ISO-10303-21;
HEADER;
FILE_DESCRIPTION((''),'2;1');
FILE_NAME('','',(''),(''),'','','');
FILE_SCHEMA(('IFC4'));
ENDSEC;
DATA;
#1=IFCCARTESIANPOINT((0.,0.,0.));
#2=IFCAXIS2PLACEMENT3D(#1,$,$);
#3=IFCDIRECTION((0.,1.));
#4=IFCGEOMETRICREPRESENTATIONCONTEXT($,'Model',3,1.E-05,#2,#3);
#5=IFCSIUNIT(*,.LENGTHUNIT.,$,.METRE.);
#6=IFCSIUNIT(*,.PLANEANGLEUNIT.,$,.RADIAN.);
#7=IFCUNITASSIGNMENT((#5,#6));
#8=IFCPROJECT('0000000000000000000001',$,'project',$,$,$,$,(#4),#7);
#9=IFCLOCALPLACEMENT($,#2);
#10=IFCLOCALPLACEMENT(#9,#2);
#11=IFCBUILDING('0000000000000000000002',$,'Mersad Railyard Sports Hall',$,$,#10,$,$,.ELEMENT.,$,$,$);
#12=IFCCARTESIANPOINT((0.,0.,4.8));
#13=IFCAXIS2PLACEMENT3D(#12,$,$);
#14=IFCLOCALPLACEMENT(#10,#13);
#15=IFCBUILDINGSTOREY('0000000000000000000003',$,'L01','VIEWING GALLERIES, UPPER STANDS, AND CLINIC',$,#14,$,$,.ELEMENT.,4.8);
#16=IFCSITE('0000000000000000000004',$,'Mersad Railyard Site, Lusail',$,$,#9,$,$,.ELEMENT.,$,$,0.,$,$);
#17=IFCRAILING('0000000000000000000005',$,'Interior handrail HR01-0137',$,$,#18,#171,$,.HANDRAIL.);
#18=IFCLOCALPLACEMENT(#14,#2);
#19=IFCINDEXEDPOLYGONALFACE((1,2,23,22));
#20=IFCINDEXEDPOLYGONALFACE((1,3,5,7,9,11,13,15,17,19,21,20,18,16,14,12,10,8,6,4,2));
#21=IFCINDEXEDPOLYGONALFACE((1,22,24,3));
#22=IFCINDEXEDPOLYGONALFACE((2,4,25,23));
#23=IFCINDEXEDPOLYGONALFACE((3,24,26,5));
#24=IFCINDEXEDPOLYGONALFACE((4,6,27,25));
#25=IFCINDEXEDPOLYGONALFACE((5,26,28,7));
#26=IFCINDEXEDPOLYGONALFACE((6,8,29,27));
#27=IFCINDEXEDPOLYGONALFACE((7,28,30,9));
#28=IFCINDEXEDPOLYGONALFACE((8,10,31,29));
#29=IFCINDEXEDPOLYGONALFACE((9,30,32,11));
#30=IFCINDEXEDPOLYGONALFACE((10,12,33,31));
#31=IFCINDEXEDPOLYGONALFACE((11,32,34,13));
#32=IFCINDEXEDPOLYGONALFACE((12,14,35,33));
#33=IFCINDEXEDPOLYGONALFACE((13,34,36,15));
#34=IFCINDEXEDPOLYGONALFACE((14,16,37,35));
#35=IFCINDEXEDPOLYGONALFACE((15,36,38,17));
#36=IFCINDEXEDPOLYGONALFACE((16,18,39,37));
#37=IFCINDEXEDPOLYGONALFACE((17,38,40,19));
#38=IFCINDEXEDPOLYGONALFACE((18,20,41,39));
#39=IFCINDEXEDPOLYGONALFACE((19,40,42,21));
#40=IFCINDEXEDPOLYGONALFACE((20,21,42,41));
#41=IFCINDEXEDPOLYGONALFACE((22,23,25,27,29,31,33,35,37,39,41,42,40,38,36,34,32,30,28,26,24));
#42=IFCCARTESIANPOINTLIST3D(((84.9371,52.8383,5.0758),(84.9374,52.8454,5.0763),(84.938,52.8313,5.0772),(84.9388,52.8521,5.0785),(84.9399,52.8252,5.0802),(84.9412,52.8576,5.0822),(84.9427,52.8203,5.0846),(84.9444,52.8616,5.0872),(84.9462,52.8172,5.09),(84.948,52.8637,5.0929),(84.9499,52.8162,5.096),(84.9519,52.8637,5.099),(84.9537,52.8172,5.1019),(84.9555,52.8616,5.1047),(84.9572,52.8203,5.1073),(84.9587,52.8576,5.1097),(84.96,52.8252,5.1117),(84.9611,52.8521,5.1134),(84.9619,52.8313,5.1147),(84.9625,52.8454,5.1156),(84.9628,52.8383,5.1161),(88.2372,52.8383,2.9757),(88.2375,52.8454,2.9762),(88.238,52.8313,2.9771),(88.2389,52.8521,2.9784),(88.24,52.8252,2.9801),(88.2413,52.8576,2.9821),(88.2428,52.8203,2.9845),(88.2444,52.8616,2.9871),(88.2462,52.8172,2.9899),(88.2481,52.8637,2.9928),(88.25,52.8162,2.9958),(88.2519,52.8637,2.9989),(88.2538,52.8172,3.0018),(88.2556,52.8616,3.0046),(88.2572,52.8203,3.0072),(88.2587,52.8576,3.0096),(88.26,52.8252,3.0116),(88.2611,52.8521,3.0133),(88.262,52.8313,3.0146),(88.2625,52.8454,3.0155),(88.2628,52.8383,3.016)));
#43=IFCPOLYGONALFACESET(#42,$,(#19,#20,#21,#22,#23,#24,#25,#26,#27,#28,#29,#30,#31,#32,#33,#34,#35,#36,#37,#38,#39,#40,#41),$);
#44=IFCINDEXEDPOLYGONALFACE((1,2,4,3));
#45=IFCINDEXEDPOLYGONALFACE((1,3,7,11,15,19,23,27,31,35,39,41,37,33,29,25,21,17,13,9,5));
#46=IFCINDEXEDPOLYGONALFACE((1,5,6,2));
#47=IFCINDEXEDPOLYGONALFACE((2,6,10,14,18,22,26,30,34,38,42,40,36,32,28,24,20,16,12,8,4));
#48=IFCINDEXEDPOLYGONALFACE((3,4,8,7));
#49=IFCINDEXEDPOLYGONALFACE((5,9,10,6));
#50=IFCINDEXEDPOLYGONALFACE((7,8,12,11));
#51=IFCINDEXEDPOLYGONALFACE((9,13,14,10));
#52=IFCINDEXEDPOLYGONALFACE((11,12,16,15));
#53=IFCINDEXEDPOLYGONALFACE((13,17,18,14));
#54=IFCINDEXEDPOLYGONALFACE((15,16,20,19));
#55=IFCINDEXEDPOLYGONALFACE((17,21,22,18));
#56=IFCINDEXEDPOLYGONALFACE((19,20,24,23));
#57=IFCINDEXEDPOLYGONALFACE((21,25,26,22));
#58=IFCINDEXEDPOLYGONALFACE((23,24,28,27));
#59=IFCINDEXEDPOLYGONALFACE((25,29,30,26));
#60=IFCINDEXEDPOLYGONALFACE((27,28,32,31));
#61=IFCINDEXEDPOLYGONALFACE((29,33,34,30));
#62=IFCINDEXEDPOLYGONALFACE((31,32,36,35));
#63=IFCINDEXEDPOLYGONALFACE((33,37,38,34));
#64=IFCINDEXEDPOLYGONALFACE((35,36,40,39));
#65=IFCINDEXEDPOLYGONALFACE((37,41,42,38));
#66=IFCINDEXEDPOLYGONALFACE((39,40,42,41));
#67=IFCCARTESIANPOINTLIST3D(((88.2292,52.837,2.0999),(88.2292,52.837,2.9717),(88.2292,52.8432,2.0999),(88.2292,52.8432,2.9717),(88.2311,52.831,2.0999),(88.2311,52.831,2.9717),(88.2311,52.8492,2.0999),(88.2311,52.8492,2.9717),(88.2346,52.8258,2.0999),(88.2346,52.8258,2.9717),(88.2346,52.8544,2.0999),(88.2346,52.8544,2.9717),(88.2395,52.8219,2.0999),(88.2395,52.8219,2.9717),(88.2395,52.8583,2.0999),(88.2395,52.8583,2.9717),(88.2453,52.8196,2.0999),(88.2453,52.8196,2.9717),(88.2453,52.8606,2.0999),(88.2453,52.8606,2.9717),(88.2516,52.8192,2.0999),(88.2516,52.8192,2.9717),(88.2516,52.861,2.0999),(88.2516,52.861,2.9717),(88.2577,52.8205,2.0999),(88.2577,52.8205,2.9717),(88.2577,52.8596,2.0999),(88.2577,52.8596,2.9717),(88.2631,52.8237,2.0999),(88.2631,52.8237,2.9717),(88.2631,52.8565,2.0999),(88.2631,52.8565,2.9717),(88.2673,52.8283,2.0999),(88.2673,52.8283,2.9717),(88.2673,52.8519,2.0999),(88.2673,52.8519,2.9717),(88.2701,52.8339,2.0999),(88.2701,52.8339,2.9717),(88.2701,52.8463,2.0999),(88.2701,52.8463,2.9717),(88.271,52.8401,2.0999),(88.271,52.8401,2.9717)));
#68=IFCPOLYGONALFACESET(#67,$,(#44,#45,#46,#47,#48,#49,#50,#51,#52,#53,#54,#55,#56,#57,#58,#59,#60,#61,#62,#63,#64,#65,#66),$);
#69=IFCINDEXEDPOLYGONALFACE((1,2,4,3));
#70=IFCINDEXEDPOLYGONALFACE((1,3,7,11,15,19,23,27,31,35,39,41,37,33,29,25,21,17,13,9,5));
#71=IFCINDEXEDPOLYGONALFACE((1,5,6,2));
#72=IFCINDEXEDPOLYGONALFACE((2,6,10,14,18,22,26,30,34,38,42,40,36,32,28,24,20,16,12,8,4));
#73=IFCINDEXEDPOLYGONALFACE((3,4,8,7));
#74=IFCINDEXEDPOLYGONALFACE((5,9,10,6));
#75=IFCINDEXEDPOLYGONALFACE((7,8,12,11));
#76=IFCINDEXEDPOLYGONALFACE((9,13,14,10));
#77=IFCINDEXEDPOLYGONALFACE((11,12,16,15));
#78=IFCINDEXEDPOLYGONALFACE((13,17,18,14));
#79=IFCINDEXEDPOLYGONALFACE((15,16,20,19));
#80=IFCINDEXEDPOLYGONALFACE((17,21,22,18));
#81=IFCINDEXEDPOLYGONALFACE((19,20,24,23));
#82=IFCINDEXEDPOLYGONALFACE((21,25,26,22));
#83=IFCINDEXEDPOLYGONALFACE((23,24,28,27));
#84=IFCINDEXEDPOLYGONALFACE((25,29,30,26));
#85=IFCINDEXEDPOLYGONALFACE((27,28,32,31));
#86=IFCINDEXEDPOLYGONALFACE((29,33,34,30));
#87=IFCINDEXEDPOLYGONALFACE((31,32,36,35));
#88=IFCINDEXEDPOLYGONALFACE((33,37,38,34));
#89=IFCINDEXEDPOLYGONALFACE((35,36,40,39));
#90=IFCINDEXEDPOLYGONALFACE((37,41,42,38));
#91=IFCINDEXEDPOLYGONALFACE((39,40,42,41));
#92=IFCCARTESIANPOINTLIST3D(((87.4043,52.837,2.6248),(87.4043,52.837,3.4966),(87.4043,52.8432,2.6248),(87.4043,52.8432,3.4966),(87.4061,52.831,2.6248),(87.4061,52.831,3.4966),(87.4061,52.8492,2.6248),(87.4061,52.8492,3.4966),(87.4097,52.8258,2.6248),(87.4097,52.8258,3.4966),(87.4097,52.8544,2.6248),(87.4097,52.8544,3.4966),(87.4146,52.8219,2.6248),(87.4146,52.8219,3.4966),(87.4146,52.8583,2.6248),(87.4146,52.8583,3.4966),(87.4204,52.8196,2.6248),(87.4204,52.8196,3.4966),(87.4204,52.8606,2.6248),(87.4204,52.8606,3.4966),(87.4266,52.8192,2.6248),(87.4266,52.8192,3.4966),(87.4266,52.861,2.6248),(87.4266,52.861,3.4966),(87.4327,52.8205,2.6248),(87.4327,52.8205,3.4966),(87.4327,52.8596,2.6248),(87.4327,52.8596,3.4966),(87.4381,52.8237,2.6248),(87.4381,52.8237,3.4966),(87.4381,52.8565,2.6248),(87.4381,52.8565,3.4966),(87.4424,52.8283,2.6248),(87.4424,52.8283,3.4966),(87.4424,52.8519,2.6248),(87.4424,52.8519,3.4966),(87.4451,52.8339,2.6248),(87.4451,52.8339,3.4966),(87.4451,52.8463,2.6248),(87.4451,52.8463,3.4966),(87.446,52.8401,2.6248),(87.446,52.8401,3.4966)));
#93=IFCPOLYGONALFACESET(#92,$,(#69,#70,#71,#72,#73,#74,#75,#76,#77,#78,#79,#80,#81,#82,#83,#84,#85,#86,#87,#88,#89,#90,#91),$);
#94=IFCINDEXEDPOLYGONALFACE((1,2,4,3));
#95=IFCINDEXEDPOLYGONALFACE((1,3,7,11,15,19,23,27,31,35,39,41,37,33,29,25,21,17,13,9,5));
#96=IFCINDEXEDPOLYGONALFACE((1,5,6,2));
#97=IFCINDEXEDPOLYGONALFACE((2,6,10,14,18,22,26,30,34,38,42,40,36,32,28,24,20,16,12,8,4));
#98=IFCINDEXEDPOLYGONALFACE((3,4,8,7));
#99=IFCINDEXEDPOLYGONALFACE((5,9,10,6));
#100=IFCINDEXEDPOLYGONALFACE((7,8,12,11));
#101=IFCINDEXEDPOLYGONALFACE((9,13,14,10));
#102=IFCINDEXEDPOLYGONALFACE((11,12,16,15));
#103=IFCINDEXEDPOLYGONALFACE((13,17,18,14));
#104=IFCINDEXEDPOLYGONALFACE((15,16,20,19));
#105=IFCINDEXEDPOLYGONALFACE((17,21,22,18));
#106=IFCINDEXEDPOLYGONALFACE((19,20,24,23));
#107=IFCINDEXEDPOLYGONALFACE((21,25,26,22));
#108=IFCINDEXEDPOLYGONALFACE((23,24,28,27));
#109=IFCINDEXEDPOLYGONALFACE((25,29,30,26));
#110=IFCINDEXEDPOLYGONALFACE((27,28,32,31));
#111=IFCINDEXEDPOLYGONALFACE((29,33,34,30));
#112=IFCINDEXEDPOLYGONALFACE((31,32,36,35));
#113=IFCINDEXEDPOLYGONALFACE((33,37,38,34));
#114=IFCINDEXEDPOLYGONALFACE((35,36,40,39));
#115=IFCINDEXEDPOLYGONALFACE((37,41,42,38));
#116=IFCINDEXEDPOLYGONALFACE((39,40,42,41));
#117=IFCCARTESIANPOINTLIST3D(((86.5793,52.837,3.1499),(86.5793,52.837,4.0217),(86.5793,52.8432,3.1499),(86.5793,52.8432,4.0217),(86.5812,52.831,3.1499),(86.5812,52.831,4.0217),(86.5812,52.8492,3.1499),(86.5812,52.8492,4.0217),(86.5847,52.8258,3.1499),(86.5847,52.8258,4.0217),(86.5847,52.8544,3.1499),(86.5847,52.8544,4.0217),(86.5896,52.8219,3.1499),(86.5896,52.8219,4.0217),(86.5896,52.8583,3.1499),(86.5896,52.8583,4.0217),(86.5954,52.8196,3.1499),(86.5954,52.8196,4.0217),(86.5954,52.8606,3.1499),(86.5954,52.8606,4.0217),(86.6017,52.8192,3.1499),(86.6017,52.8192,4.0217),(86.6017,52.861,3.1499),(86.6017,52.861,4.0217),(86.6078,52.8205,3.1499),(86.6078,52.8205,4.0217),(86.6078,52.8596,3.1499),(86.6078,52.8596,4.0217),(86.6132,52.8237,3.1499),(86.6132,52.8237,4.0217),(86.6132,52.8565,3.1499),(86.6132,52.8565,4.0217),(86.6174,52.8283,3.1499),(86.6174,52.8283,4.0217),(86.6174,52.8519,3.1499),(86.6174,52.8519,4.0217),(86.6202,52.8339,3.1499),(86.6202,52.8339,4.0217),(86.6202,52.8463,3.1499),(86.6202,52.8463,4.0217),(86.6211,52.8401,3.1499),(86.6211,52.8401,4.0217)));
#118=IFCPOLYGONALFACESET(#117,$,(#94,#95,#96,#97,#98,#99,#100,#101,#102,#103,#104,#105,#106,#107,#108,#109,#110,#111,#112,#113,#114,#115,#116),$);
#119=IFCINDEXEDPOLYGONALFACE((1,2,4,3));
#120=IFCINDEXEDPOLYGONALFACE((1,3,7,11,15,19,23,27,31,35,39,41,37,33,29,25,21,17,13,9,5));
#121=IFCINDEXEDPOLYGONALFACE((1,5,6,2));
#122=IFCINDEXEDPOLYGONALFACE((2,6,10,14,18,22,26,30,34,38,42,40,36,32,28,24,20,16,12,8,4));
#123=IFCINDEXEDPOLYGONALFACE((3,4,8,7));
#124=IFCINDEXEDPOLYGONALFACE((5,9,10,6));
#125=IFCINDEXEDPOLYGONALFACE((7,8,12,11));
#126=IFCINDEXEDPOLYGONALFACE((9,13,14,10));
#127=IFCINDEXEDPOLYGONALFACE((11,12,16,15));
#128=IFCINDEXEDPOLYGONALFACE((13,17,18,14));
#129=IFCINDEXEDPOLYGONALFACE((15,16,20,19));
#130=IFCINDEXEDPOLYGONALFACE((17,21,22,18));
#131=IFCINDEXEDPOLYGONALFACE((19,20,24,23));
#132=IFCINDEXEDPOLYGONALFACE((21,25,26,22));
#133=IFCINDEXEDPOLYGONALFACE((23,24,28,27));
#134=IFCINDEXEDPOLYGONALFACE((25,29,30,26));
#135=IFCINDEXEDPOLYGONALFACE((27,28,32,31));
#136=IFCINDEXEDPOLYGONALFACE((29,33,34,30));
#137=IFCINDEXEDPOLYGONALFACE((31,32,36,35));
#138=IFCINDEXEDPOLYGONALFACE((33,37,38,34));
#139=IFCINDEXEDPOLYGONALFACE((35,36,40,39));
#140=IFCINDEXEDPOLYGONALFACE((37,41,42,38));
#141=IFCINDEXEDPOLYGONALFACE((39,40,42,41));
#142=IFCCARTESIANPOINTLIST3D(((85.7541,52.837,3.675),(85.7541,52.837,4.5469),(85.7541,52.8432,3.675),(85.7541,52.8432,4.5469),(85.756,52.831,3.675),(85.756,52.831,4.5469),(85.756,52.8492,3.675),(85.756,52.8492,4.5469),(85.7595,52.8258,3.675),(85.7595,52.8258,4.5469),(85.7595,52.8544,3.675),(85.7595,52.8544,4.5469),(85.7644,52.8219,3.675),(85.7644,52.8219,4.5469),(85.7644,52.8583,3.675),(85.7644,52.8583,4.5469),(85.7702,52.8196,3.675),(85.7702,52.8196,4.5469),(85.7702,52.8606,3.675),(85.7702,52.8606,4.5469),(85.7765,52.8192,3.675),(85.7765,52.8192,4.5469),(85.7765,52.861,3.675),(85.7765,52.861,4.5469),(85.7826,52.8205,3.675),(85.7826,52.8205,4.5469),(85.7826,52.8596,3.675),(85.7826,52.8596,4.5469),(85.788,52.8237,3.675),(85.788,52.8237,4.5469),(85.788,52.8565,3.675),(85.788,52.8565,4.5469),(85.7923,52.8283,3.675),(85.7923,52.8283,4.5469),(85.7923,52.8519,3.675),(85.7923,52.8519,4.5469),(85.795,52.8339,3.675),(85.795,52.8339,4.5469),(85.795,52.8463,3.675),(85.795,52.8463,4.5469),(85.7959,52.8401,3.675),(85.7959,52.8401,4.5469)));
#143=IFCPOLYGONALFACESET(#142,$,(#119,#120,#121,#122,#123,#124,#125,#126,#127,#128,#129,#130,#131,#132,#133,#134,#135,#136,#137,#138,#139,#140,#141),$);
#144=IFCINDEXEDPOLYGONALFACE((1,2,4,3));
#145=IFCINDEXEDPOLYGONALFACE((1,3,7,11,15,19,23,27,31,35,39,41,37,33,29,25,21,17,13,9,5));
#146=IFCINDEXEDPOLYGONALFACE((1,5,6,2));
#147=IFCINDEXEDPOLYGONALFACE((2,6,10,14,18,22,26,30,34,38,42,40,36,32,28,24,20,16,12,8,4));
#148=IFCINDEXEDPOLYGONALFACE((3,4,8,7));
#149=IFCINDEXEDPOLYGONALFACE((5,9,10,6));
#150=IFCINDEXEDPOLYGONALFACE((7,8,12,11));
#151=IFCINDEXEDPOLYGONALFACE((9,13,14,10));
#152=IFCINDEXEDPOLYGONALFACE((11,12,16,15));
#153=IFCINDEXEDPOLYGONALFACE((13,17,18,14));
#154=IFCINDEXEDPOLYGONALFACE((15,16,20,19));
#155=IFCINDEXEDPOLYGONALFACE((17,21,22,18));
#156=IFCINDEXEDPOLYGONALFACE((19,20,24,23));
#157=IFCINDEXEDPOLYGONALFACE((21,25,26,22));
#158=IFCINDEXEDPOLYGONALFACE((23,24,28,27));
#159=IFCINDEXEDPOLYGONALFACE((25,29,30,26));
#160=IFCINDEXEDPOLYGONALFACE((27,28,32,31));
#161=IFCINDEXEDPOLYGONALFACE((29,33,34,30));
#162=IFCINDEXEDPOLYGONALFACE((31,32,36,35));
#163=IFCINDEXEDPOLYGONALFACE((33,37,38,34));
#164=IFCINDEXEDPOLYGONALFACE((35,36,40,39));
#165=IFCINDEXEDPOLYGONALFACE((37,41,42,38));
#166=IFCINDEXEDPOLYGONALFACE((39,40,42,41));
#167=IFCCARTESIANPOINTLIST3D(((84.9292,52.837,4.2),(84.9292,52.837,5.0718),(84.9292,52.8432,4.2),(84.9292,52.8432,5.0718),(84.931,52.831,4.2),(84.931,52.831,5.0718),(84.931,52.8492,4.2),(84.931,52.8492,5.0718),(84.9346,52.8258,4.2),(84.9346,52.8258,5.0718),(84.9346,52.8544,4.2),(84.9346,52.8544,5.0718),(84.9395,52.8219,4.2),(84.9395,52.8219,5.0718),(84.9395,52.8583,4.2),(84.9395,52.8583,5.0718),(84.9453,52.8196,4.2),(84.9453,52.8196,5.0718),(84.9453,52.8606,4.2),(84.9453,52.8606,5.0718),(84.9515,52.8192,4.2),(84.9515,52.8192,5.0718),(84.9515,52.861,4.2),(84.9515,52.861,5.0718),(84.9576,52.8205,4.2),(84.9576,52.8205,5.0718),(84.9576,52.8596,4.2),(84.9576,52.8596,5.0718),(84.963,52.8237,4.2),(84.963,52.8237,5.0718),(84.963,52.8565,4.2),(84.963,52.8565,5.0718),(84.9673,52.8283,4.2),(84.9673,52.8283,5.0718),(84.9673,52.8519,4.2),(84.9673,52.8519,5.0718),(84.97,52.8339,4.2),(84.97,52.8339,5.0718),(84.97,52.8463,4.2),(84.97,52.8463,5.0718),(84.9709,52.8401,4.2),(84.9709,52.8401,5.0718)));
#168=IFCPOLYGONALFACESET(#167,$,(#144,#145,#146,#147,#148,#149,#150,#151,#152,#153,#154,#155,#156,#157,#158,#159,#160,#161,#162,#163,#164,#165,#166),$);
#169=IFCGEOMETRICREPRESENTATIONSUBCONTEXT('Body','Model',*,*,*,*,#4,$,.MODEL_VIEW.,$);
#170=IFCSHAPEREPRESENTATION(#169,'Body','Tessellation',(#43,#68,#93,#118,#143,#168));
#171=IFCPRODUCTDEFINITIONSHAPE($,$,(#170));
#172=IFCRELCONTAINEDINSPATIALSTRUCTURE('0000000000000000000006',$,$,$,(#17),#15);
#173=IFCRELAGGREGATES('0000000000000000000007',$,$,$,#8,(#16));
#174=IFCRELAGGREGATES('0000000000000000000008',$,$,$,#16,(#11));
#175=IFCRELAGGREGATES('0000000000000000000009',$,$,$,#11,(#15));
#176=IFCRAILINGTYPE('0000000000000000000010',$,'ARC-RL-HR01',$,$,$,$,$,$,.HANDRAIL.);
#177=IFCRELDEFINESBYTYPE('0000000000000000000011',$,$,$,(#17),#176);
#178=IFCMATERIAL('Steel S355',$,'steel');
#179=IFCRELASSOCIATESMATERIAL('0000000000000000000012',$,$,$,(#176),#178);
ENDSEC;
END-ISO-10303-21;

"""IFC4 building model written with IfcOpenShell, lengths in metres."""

from ifc_helpers import new_model, si_unit, direction, frame, origin, origin_2d, place, context, subcontext, project, spatial, circle, extrude, material, type_object, element, save


model = new_model("IFC4")

# Units and contexts
model_context = context("Model", 3, precision=1e-05, world=origin(), true_north=direction((0.0, 1.0)))
body_context = subcontext(model_context, "Body", "Model", "MODEL_VIEW")
ifc_project = project(units=[si_unit("LENGTHUNIT", "METRE"), si_unit("PLANEANGLEUNIT", "RADIAN")], contexts=[model_context])

# Site, building, storey
site_placement = place(None, origin())
site = spatial("IfcSite", under=ifc_project, at=site_placement, Name="Mersad Railyard Site, Lusail", CompositionType="ELEMENT", RefElevation=0.0)
building_placement = place(site_placement, origin())
building = spatial("IfcBuilding", under=site, at=building_placement, Name="Mersad Railyard Sports Hall", CompositionType="ELEMENT")
storey_placement = place(building_placement, frame((0.0, 0.0, 4.8)))
storey = spatial("IfcBuildingStorey", under=building, at=storey_placement, Name="L01", Description="VIEWING GALLERIES, UPPER STANDS, AND CLINIC", CompositionType="ELEMENT", Elevation=4.8)

# Shared definitions
ifc_material_1 = material(Name="Steel S355", Category="steel")

# Railing
railing_type = type_object("IfcRailingType", Name="ARC-RL-HR01", PredefinedType="HANDRAIL", material=ifc_material_1)
railing_placement = place(storey_placement, frame((88.25, 52.8401, 2.0999)))
element("IfcRailing", 1, at=railing_placement, inside=storey, type_object=railing_type, Name="Interior handrail HR01-0137", PredefinedType="HANDRAIL", context=body_context, shape_type="SweptSolid", body=[
    extrude(circle(Radius=0.0239, at=origin_2d()), frame((0.0, 0.0, 0.896), z_axis=(-0.843654, 0.0, 0.536888), x_axis=(0.0, -1.0, 0.0)), (0.0, 0.0, 1.0), 3.9116),
    extrude(circle(Radius=0.021, at=origin_2d()), origin(), (0.0, 0.0, 1.0), 0.8718),
    extrude(circle(Radius=0.021, at=origin_2d()), frame((-0.825, 0.0, 0.5249)), (0.0, 0.0, 1.0), 0.8718),
    extrude(circle(Radius=0.021, at=origin_2d()), frame((-1.6499, 0.0, 1.05)), (0.0, 0.0, 1.0), 0.8718),
    extrude(circle(Radius=0.021, at=origin_2d()), frame((-2.4751, 0.0, 1.5752)), (0.0, 0.0, 1.0), 0.8718),
    extrude(circle(Radius=0.021, at=origin_2d()), frame((-3.3, 0.0, 2.1001)), (0.0, 0.0, 1.0), 0.8718),
])

save(model, "model.ifc")
